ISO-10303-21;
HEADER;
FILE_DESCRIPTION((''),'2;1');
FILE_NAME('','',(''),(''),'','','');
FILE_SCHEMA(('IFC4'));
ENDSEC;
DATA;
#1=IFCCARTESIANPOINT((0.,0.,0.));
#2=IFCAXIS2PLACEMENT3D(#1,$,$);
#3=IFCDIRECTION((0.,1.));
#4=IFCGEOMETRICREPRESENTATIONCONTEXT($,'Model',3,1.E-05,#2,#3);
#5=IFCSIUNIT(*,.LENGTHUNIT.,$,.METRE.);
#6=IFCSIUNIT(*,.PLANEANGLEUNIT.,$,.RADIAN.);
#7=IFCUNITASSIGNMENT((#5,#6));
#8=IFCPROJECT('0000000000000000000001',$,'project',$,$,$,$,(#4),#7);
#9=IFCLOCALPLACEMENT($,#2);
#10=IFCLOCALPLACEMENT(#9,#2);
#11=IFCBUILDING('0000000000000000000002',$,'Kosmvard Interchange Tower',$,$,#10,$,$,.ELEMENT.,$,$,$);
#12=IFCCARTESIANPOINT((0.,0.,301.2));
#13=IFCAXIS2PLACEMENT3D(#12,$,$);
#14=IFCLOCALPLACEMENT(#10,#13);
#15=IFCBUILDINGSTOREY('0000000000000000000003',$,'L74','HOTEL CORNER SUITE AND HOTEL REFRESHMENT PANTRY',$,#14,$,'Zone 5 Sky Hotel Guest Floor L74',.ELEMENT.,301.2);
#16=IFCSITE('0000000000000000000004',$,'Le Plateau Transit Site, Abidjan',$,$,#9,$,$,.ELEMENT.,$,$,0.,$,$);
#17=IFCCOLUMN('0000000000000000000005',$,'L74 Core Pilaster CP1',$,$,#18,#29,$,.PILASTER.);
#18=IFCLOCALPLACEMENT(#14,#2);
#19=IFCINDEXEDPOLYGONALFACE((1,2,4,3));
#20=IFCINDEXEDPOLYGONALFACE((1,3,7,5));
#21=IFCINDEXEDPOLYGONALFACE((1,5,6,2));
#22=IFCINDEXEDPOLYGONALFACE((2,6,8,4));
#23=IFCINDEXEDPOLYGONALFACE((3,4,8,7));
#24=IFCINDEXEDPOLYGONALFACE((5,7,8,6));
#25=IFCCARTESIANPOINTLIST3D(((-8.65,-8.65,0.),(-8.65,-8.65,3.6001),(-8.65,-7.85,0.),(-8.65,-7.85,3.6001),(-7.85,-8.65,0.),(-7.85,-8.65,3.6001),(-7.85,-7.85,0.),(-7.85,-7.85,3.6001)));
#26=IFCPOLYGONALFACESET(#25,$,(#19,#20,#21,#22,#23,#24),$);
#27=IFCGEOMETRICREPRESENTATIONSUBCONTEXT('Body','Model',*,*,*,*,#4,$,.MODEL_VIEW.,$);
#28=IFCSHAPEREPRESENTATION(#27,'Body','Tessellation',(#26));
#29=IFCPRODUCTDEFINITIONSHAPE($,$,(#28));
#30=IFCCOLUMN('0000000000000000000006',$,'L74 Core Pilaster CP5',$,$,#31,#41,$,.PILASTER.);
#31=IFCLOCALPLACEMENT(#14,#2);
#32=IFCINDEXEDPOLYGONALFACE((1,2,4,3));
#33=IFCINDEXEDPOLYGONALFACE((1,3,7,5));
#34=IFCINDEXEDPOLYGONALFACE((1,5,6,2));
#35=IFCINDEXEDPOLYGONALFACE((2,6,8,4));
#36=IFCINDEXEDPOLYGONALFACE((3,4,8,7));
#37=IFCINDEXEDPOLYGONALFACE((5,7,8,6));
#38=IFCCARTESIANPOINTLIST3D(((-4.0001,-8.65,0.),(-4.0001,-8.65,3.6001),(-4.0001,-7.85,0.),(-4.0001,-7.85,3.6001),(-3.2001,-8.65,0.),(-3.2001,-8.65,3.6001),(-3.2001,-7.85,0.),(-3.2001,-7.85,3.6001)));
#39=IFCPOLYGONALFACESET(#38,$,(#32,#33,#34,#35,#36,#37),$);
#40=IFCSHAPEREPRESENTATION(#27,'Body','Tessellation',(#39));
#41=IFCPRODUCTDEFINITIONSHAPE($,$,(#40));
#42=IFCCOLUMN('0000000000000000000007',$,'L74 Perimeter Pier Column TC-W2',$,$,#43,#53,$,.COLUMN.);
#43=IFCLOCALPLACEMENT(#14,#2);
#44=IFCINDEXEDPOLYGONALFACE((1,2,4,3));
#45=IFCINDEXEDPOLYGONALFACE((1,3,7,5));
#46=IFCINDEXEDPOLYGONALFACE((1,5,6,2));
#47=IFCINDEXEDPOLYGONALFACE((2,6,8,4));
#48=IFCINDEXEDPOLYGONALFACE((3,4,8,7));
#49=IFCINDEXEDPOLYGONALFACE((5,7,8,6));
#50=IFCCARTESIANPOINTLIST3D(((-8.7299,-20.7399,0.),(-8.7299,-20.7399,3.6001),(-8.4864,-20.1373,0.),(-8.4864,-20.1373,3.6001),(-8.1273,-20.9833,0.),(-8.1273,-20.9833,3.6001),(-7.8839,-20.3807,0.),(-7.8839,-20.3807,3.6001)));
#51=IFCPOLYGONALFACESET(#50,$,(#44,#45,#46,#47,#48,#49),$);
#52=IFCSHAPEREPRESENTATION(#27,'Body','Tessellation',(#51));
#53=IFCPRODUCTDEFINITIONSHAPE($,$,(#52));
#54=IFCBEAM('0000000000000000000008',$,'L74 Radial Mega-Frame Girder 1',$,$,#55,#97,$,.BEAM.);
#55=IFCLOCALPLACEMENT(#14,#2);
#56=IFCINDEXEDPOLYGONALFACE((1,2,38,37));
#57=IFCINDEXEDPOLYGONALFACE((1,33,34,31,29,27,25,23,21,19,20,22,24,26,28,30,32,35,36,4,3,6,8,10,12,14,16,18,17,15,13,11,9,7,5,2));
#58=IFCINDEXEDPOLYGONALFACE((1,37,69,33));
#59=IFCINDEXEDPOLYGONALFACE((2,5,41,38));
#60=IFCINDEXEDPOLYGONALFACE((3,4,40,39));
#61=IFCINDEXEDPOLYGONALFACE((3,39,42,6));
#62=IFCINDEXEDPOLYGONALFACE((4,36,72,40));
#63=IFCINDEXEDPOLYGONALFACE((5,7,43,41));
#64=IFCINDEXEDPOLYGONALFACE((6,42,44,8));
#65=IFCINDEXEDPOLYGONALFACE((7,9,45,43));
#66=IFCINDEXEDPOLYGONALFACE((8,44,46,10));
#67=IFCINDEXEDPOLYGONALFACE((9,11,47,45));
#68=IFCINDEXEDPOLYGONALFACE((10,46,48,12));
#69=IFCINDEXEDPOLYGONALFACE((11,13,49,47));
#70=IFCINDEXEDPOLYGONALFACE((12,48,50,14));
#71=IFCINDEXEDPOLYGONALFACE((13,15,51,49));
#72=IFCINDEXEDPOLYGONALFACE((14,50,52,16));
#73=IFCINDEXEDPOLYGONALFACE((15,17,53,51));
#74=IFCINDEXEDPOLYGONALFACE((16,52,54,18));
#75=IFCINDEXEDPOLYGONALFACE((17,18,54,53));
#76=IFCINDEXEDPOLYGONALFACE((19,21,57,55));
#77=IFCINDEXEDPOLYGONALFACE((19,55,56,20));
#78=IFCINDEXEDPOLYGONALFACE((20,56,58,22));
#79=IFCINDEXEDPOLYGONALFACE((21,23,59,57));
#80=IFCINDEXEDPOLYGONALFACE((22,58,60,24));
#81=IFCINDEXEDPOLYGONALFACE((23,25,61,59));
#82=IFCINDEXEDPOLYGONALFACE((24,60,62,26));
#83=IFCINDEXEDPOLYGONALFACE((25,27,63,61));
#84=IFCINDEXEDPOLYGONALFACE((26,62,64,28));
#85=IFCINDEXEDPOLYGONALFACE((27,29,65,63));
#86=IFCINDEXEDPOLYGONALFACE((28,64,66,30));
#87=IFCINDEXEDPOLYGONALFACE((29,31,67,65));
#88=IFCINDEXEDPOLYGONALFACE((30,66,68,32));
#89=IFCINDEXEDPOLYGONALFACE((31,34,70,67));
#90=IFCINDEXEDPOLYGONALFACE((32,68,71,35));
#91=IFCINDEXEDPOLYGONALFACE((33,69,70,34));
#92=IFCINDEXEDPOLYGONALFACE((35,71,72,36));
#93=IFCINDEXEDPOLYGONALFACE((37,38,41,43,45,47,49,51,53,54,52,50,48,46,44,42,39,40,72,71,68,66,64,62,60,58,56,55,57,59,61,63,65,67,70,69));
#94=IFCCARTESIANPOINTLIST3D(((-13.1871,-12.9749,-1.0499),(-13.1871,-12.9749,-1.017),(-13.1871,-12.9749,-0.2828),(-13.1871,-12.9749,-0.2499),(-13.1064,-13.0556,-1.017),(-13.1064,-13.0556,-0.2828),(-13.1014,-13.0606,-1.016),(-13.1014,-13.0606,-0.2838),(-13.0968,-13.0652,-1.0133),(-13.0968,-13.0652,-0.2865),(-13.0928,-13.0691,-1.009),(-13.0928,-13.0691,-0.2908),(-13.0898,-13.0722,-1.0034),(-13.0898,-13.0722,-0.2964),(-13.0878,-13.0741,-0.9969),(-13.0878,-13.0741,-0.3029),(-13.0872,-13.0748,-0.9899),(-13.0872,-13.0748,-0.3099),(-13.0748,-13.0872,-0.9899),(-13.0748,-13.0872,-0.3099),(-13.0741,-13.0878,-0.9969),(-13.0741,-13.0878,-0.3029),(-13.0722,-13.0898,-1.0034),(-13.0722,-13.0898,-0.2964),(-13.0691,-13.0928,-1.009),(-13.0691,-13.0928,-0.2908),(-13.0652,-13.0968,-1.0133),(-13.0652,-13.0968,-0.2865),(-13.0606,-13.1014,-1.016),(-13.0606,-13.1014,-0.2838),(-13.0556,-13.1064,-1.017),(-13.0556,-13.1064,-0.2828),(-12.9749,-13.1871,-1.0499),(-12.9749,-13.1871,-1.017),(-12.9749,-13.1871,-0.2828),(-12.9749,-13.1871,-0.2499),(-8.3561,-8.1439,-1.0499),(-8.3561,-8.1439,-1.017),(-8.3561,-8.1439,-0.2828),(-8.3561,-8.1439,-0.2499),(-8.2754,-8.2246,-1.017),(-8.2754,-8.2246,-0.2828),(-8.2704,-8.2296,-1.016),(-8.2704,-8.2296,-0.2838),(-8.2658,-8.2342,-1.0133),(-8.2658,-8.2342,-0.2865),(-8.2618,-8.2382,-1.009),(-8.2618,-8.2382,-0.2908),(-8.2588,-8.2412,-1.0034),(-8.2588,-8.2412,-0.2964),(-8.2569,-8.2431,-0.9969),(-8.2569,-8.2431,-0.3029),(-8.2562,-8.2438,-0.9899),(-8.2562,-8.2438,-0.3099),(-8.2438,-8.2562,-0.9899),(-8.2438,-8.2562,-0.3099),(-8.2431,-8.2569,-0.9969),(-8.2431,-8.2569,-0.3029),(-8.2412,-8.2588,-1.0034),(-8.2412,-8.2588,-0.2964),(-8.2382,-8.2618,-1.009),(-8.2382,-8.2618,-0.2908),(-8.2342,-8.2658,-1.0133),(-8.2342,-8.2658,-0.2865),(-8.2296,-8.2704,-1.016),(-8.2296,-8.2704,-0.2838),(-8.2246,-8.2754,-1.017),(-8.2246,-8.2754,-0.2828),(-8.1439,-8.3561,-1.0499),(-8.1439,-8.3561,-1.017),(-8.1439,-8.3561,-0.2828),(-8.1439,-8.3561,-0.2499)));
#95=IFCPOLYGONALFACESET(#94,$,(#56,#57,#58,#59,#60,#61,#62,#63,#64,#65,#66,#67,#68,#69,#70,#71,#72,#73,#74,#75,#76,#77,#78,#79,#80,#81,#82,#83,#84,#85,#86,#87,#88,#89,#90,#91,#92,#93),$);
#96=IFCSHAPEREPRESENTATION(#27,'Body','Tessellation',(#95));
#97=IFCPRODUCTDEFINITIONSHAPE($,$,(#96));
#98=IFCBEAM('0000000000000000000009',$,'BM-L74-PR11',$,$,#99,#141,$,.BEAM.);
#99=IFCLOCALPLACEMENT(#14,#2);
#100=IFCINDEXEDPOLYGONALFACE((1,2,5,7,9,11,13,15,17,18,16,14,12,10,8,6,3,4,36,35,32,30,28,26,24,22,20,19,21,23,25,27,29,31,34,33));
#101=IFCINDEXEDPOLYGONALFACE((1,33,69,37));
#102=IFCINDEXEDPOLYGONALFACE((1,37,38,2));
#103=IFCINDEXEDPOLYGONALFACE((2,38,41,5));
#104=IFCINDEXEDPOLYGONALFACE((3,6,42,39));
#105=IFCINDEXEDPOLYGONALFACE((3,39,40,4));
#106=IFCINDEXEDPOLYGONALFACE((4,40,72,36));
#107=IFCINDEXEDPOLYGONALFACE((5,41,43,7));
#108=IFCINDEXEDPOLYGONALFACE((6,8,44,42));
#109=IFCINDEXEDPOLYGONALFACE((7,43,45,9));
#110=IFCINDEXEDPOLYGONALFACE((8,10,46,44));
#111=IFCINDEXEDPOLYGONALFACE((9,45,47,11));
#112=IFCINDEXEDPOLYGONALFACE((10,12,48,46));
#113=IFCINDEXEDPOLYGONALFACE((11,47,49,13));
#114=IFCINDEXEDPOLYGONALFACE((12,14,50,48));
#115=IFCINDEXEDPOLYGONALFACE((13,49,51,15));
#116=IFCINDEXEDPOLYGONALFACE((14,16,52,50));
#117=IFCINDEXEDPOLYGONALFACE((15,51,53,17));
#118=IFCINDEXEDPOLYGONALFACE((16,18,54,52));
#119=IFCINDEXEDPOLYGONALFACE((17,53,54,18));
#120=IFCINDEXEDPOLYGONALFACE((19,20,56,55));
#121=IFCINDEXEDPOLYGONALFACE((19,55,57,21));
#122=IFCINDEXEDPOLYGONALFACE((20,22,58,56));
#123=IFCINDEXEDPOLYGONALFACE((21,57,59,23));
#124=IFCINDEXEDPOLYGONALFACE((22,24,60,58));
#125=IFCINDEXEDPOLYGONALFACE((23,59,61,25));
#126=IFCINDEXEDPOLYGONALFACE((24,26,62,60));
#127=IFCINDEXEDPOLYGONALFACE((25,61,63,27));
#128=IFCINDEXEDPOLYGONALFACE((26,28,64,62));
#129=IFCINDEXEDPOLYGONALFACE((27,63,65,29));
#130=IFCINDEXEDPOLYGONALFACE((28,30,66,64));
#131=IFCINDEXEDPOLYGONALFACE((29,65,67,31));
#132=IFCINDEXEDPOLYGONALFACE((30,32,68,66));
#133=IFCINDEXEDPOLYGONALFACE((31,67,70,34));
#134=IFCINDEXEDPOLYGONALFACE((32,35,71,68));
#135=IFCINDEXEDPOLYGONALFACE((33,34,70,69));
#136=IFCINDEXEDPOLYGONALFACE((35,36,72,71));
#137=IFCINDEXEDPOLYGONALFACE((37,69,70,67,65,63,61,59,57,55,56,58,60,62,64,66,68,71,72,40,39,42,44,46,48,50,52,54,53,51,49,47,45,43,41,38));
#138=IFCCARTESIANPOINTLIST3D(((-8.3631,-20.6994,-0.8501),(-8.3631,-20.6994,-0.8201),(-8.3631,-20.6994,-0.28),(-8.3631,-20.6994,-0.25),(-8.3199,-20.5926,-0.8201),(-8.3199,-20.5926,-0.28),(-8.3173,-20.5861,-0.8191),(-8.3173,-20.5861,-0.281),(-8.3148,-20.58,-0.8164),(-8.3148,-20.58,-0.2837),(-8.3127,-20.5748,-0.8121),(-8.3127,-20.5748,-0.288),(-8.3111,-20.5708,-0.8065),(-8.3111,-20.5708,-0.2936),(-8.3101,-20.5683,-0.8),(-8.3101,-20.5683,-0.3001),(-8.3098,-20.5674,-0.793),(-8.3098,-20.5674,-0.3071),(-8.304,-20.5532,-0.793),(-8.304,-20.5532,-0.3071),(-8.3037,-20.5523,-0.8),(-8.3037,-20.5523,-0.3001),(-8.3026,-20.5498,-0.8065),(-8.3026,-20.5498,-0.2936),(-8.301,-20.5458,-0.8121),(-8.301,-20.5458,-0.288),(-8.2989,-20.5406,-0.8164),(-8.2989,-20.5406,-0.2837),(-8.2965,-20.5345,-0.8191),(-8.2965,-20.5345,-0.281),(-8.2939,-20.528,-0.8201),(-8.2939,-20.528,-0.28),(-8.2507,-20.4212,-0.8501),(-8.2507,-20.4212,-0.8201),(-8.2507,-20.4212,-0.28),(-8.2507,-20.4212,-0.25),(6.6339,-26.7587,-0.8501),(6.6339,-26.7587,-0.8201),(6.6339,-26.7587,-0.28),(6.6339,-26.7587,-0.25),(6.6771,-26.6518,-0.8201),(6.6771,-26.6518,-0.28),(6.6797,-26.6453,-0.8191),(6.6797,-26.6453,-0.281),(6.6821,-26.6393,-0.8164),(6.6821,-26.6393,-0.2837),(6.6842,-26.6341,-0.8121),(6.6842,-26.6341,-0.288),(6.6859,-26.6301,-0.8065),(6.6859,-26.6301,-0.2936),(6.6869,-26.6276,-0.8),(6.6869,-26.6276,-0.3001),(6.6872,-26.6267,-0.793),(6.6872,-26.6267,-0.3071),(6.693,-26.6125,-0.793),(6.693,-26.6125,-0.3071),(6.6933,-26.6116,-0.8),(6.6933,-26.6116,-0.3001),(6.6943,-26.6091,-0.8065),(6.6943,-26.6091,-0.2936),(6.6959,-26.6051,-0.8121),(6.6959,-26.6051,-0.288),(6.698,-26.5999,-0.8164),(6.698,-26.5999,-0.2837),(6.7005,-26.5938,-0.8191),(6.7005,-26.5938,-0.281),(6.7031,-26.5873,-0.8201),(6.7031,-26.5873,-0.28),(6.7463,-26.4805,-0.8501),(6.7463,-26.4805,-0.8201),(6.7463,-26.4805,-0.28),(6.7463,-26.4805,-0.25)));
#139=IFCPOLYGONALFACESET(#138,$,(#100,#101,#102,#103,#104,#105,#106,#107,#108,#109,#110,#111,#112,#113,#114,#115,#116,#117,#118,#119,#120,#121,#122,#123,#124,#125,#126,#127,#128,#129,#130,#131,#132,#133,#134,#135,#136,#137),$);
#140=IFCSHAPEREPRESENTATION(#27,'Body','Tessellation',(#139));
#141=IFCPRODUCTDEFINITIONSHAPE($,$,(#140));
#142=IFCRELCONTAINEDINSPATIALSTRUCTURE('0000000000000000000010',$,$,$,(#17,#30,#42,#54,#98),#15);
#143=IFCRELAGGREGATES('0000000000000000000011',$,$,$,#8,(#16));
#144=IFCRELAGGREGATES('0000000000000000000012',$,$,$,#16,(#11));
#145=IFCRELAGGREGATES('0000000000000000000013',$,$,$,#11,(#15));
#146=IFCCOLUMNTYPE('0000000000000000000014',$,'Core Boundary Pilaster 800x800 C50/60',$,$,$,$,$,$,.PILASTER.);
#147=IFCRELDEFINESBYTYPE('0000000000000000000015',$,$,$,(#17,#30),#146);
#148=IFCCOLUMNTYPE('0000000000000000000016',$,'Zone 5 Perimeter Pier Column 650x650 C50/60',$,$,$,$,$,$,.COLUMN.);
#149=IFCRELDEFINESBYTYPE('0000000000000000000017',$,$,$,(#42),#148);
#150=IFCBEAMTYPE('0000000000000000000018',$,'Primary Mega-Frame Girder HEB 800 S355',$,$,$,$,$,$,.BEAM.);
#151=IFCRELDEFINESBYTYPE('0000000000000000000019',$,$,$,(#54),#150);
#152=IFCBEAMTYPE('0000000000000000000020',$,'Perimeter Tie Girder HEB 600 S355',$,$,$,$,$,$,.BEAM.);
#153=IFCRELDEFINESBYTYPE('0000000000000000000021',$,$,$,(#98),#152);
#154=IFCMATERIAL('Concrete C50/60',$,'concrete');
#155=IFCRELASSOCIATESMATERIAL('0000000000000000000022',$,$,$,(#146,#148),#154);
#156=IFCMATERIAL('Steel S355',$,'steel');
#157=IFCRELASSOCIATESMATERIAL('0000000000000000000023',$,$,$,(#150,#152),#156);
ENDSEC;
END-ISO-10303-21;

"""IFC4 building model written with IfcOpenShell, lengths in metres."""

from ifc_helpers import new_model, si_unit, direction, frame, origin, origin_2d, place, context, subcontext, project, spatial, rectangle, i_section, extrude, source, transform, mapped, material, material_profile, profile_set, type_object, element, save


model = new_model("IFC4")

# Units and contexts
model_context = context("Model", 3, precision=1e-05, world=origin(), true_north=direction((0.0, 1.0)))
body_context = subcontext(model_context, "Body", "Model", "MODEL_VIEW")
ifc_project = project(units=[si_unit("LENGTHUNIT", "METRE"), si_unit("PLANEANGLEUNIT", "RADIAN")], contexts=[model_context])

# Site, building, storey
site_placement = place(None, origin())
site = spatial("IfcSite", under=ifc_project, at=site_placement, Name="Le Plateau Transit Site, Abidjan", CompositionType="ELEMENT", RefElevation=0.0)
building_placement = place(site_placement, origin())
building = spatial("IfcBuilding", under=site, at=building_placement, Name="Kosmvard Interchange Tower", CompositionType="ELEMENT")
storey_placement = place(building_placement, frame((0.0, 0.0, 301.2)))
storey = spatial("IfcBuildingStorey", under=building, at=storey_placement, Name="L74", Description="HOTEL CORNER SUITE AND HOTEL REFRESHMENT PANTRY", LongName="Zone 5 Sky Hotel Guest Floor L74", CompositionType="ELEMENT", Elevation=301.2)

# Columns
ifc_material_1 = material(Name="Concrete C50/60", Category="concrete")
ifc_material_profile_1 = material_profile(ifc_material_1, rectangle(XDim=0.8, YDim=0.8, at=origin_2d()), Name="CP 800x800")
ifc_profile_set_1 = profile_set([ifc_material_profile_1], Name="Concrete C50/60")
column_type_1 = type_object("IfcColumnType", Name="Core Boundary Pilaster 800x800 C50/60", PredefinedType="PILASTER", material=ifc_profile_set_1)
shared_shape_1 = source(origin(), body_context, "Body", "SweptSolid", [
    extrude(rectangle(XDim=0.8, YDim=0.8, at=origin_2d()), origin(), (0.0, 0.0, 1.0), 3.6001),
])
for number, where, z_axis, x_axis, name in (
    (1, (-8.25, -8.25, 0.0), (0.0, 0.0, 1.0), (1.0, 0.0, 0.0), "L74 Core Pilaster CP1"),
    (2, (-3.6001, -8.25, 0.0), (0.0, 0.0, 1.0), (1.0, 0.0, 0.0), "L74 Core Pilaster CP5"),
):
    element("IfcColumn", number, at=place(storey_placement, frame(where, z_axis=z_axis, x_axis=x_axis)), inside=storey, type_object=column_type_1, Name=name, PredefinedType="PILASTER", context=body_context, shape_type="MappedRepresentation", body=[
        mapped(shared_shape_1, transform((0.0, 0.0, 0.0), scale=1.0)),
    ])
ifc_material_profile_2 = material_profile(ifc_material_1, rectangle(XDim=0.6499, YDim=0.6499, at=origin_2d()), Name="TC 650x650")
ifc_profile_set_2 = profile_set([ifc_material_profile_2], Name="Concrete C50/60")
column_type_2 = type_object("IfcColumnType", Name="Zone 5 Perimeter Pier Column 650x650 C50/60", PredefinedType="COLUMN", material=ifc_profile_set_2)
shared_shape_2 = source(origin(), body_context, "Body", "SweptSolid", [
    extrude(rectangle(XDim=0.6499, YDim=0.6499, at=origin_2d()), origin(), (0.0, 0.0, 1.0), 3.6001),
])
column_placement = place(storey_placement, frame((-8.3069, -20.5603, 0.0), z_axis=(0.0, 0.0, 1.0), x_axis=(0.374607, 0.927184, 0.0)))
element("IfcColumn", 3, at=column_placement, inside=storey, type_object=column_type_2, Name="L74 Perimeter Pier Column TC-W2", PredefinedType="COLUMN", context=body_context, shape_type="MappedRepresentation", body=[
    mapped(shared_shape_2, transform((0.0, 0.0, 0.0), scale=1.0)),
])

# Beams
ifc_material_2 = material(Name="Steel S355", Category="steel")
ifc_material_profile_3 = material_profile(ifc_material_2, i_section(OverallWidth=0.3, OverallDepth=0.8, WebThickness=0.0176, FlangeThickness=0.033, FilletRadius=0.0271, at=origin_2d()), Name="HEB 800")
ifc_profile_set_3 = profile_set([ifc_material_profile_3], Name="Steel S355")
beam_type_1 = type_object("IfcBeamType", Name="Primary Mega-Frame Girder HEB 800 S355", PredefinedType="BEAM", material=ifc_profile_set_3)
shared_shape_3 = source(origin(), body_context, "Body", "SweptSolid", [
    extrude(i_section(OverallWidth=0.3, OverallDepth=0.8, WebThickness=0.0176, FlangeThickness=0.033, FilletRadius=0.0271, at=origin_2d()), origin(), (0.0, 0.0, 1.0), 6.832),
])
beam_1_placement = place(storey_placement, frame((-8.25, -8.25, -0.6499), z_axis=(-0.707107, -0.707107, 0.0), x_axis=(0.707107, -0.707107, 0.0)))
element("IfcBeam", 4, at=beam_1_placement, inside=storey, type_object=beam_type_1, Name="L74 Radial Mega-Frame Girder 1", PredefinedType="BEAM", context=body_context, shape_type="MappedRepresentation", body=[
    mapped(shared_shape_3, transform((0.0, 0.0, 0.0), scale=1.0)),
])
ifc_material_profile_4 = material_profile(ifc_material_2, i_section(OverallWidth=0.3, OverallDepth=0.6001, WebThickness=0.0154, FlangeThickness=0.03, FilletRadius=0.0271, at=origin_2d()), Name="HEB 600")
ifc_profile_set_4 = profile_set([ifc_material_profile_4], Name="Steel S355")
beam_type_2 = type_object("IfcBeamType", Name="Perimeter Tie Girder HEB 600 S355", PredefinedType="BEAM", material=ifc_profile_set_4)
shared_shape_4 = source(origin(), body_context, "Body", "SweptSolid", [
    extrude(i_section(OverallWidth=0.3, OverallDepth=0.6001, WebThickness=0.0154, FlangeThickness=0.03, FilletRadius=0.0271, at=origin_2d()), origin(), (0.0, 0.0, 1.0), 16.1748),
])
beam_2_placement = place(storey_placement, frame((-8.3069, -20.5603, -0.55), z_axis=(0.927181, -0.374613, 0.0), x_axis=(0.374613, 0.927181, 0.0)))
element("IfcBeam", 5, at=beam_2_placement, inside=storey, type_object=beam_type_2, Name="BM-L74-PR11", PredefinedType="BEAM", context=body_context, shape_type="MappedRepresentation", body=[
    mapped(shared_shape_4, transform((0.0, 0.0, 0.0), scale=1.0)),
])

save(model, "model.ifc")
